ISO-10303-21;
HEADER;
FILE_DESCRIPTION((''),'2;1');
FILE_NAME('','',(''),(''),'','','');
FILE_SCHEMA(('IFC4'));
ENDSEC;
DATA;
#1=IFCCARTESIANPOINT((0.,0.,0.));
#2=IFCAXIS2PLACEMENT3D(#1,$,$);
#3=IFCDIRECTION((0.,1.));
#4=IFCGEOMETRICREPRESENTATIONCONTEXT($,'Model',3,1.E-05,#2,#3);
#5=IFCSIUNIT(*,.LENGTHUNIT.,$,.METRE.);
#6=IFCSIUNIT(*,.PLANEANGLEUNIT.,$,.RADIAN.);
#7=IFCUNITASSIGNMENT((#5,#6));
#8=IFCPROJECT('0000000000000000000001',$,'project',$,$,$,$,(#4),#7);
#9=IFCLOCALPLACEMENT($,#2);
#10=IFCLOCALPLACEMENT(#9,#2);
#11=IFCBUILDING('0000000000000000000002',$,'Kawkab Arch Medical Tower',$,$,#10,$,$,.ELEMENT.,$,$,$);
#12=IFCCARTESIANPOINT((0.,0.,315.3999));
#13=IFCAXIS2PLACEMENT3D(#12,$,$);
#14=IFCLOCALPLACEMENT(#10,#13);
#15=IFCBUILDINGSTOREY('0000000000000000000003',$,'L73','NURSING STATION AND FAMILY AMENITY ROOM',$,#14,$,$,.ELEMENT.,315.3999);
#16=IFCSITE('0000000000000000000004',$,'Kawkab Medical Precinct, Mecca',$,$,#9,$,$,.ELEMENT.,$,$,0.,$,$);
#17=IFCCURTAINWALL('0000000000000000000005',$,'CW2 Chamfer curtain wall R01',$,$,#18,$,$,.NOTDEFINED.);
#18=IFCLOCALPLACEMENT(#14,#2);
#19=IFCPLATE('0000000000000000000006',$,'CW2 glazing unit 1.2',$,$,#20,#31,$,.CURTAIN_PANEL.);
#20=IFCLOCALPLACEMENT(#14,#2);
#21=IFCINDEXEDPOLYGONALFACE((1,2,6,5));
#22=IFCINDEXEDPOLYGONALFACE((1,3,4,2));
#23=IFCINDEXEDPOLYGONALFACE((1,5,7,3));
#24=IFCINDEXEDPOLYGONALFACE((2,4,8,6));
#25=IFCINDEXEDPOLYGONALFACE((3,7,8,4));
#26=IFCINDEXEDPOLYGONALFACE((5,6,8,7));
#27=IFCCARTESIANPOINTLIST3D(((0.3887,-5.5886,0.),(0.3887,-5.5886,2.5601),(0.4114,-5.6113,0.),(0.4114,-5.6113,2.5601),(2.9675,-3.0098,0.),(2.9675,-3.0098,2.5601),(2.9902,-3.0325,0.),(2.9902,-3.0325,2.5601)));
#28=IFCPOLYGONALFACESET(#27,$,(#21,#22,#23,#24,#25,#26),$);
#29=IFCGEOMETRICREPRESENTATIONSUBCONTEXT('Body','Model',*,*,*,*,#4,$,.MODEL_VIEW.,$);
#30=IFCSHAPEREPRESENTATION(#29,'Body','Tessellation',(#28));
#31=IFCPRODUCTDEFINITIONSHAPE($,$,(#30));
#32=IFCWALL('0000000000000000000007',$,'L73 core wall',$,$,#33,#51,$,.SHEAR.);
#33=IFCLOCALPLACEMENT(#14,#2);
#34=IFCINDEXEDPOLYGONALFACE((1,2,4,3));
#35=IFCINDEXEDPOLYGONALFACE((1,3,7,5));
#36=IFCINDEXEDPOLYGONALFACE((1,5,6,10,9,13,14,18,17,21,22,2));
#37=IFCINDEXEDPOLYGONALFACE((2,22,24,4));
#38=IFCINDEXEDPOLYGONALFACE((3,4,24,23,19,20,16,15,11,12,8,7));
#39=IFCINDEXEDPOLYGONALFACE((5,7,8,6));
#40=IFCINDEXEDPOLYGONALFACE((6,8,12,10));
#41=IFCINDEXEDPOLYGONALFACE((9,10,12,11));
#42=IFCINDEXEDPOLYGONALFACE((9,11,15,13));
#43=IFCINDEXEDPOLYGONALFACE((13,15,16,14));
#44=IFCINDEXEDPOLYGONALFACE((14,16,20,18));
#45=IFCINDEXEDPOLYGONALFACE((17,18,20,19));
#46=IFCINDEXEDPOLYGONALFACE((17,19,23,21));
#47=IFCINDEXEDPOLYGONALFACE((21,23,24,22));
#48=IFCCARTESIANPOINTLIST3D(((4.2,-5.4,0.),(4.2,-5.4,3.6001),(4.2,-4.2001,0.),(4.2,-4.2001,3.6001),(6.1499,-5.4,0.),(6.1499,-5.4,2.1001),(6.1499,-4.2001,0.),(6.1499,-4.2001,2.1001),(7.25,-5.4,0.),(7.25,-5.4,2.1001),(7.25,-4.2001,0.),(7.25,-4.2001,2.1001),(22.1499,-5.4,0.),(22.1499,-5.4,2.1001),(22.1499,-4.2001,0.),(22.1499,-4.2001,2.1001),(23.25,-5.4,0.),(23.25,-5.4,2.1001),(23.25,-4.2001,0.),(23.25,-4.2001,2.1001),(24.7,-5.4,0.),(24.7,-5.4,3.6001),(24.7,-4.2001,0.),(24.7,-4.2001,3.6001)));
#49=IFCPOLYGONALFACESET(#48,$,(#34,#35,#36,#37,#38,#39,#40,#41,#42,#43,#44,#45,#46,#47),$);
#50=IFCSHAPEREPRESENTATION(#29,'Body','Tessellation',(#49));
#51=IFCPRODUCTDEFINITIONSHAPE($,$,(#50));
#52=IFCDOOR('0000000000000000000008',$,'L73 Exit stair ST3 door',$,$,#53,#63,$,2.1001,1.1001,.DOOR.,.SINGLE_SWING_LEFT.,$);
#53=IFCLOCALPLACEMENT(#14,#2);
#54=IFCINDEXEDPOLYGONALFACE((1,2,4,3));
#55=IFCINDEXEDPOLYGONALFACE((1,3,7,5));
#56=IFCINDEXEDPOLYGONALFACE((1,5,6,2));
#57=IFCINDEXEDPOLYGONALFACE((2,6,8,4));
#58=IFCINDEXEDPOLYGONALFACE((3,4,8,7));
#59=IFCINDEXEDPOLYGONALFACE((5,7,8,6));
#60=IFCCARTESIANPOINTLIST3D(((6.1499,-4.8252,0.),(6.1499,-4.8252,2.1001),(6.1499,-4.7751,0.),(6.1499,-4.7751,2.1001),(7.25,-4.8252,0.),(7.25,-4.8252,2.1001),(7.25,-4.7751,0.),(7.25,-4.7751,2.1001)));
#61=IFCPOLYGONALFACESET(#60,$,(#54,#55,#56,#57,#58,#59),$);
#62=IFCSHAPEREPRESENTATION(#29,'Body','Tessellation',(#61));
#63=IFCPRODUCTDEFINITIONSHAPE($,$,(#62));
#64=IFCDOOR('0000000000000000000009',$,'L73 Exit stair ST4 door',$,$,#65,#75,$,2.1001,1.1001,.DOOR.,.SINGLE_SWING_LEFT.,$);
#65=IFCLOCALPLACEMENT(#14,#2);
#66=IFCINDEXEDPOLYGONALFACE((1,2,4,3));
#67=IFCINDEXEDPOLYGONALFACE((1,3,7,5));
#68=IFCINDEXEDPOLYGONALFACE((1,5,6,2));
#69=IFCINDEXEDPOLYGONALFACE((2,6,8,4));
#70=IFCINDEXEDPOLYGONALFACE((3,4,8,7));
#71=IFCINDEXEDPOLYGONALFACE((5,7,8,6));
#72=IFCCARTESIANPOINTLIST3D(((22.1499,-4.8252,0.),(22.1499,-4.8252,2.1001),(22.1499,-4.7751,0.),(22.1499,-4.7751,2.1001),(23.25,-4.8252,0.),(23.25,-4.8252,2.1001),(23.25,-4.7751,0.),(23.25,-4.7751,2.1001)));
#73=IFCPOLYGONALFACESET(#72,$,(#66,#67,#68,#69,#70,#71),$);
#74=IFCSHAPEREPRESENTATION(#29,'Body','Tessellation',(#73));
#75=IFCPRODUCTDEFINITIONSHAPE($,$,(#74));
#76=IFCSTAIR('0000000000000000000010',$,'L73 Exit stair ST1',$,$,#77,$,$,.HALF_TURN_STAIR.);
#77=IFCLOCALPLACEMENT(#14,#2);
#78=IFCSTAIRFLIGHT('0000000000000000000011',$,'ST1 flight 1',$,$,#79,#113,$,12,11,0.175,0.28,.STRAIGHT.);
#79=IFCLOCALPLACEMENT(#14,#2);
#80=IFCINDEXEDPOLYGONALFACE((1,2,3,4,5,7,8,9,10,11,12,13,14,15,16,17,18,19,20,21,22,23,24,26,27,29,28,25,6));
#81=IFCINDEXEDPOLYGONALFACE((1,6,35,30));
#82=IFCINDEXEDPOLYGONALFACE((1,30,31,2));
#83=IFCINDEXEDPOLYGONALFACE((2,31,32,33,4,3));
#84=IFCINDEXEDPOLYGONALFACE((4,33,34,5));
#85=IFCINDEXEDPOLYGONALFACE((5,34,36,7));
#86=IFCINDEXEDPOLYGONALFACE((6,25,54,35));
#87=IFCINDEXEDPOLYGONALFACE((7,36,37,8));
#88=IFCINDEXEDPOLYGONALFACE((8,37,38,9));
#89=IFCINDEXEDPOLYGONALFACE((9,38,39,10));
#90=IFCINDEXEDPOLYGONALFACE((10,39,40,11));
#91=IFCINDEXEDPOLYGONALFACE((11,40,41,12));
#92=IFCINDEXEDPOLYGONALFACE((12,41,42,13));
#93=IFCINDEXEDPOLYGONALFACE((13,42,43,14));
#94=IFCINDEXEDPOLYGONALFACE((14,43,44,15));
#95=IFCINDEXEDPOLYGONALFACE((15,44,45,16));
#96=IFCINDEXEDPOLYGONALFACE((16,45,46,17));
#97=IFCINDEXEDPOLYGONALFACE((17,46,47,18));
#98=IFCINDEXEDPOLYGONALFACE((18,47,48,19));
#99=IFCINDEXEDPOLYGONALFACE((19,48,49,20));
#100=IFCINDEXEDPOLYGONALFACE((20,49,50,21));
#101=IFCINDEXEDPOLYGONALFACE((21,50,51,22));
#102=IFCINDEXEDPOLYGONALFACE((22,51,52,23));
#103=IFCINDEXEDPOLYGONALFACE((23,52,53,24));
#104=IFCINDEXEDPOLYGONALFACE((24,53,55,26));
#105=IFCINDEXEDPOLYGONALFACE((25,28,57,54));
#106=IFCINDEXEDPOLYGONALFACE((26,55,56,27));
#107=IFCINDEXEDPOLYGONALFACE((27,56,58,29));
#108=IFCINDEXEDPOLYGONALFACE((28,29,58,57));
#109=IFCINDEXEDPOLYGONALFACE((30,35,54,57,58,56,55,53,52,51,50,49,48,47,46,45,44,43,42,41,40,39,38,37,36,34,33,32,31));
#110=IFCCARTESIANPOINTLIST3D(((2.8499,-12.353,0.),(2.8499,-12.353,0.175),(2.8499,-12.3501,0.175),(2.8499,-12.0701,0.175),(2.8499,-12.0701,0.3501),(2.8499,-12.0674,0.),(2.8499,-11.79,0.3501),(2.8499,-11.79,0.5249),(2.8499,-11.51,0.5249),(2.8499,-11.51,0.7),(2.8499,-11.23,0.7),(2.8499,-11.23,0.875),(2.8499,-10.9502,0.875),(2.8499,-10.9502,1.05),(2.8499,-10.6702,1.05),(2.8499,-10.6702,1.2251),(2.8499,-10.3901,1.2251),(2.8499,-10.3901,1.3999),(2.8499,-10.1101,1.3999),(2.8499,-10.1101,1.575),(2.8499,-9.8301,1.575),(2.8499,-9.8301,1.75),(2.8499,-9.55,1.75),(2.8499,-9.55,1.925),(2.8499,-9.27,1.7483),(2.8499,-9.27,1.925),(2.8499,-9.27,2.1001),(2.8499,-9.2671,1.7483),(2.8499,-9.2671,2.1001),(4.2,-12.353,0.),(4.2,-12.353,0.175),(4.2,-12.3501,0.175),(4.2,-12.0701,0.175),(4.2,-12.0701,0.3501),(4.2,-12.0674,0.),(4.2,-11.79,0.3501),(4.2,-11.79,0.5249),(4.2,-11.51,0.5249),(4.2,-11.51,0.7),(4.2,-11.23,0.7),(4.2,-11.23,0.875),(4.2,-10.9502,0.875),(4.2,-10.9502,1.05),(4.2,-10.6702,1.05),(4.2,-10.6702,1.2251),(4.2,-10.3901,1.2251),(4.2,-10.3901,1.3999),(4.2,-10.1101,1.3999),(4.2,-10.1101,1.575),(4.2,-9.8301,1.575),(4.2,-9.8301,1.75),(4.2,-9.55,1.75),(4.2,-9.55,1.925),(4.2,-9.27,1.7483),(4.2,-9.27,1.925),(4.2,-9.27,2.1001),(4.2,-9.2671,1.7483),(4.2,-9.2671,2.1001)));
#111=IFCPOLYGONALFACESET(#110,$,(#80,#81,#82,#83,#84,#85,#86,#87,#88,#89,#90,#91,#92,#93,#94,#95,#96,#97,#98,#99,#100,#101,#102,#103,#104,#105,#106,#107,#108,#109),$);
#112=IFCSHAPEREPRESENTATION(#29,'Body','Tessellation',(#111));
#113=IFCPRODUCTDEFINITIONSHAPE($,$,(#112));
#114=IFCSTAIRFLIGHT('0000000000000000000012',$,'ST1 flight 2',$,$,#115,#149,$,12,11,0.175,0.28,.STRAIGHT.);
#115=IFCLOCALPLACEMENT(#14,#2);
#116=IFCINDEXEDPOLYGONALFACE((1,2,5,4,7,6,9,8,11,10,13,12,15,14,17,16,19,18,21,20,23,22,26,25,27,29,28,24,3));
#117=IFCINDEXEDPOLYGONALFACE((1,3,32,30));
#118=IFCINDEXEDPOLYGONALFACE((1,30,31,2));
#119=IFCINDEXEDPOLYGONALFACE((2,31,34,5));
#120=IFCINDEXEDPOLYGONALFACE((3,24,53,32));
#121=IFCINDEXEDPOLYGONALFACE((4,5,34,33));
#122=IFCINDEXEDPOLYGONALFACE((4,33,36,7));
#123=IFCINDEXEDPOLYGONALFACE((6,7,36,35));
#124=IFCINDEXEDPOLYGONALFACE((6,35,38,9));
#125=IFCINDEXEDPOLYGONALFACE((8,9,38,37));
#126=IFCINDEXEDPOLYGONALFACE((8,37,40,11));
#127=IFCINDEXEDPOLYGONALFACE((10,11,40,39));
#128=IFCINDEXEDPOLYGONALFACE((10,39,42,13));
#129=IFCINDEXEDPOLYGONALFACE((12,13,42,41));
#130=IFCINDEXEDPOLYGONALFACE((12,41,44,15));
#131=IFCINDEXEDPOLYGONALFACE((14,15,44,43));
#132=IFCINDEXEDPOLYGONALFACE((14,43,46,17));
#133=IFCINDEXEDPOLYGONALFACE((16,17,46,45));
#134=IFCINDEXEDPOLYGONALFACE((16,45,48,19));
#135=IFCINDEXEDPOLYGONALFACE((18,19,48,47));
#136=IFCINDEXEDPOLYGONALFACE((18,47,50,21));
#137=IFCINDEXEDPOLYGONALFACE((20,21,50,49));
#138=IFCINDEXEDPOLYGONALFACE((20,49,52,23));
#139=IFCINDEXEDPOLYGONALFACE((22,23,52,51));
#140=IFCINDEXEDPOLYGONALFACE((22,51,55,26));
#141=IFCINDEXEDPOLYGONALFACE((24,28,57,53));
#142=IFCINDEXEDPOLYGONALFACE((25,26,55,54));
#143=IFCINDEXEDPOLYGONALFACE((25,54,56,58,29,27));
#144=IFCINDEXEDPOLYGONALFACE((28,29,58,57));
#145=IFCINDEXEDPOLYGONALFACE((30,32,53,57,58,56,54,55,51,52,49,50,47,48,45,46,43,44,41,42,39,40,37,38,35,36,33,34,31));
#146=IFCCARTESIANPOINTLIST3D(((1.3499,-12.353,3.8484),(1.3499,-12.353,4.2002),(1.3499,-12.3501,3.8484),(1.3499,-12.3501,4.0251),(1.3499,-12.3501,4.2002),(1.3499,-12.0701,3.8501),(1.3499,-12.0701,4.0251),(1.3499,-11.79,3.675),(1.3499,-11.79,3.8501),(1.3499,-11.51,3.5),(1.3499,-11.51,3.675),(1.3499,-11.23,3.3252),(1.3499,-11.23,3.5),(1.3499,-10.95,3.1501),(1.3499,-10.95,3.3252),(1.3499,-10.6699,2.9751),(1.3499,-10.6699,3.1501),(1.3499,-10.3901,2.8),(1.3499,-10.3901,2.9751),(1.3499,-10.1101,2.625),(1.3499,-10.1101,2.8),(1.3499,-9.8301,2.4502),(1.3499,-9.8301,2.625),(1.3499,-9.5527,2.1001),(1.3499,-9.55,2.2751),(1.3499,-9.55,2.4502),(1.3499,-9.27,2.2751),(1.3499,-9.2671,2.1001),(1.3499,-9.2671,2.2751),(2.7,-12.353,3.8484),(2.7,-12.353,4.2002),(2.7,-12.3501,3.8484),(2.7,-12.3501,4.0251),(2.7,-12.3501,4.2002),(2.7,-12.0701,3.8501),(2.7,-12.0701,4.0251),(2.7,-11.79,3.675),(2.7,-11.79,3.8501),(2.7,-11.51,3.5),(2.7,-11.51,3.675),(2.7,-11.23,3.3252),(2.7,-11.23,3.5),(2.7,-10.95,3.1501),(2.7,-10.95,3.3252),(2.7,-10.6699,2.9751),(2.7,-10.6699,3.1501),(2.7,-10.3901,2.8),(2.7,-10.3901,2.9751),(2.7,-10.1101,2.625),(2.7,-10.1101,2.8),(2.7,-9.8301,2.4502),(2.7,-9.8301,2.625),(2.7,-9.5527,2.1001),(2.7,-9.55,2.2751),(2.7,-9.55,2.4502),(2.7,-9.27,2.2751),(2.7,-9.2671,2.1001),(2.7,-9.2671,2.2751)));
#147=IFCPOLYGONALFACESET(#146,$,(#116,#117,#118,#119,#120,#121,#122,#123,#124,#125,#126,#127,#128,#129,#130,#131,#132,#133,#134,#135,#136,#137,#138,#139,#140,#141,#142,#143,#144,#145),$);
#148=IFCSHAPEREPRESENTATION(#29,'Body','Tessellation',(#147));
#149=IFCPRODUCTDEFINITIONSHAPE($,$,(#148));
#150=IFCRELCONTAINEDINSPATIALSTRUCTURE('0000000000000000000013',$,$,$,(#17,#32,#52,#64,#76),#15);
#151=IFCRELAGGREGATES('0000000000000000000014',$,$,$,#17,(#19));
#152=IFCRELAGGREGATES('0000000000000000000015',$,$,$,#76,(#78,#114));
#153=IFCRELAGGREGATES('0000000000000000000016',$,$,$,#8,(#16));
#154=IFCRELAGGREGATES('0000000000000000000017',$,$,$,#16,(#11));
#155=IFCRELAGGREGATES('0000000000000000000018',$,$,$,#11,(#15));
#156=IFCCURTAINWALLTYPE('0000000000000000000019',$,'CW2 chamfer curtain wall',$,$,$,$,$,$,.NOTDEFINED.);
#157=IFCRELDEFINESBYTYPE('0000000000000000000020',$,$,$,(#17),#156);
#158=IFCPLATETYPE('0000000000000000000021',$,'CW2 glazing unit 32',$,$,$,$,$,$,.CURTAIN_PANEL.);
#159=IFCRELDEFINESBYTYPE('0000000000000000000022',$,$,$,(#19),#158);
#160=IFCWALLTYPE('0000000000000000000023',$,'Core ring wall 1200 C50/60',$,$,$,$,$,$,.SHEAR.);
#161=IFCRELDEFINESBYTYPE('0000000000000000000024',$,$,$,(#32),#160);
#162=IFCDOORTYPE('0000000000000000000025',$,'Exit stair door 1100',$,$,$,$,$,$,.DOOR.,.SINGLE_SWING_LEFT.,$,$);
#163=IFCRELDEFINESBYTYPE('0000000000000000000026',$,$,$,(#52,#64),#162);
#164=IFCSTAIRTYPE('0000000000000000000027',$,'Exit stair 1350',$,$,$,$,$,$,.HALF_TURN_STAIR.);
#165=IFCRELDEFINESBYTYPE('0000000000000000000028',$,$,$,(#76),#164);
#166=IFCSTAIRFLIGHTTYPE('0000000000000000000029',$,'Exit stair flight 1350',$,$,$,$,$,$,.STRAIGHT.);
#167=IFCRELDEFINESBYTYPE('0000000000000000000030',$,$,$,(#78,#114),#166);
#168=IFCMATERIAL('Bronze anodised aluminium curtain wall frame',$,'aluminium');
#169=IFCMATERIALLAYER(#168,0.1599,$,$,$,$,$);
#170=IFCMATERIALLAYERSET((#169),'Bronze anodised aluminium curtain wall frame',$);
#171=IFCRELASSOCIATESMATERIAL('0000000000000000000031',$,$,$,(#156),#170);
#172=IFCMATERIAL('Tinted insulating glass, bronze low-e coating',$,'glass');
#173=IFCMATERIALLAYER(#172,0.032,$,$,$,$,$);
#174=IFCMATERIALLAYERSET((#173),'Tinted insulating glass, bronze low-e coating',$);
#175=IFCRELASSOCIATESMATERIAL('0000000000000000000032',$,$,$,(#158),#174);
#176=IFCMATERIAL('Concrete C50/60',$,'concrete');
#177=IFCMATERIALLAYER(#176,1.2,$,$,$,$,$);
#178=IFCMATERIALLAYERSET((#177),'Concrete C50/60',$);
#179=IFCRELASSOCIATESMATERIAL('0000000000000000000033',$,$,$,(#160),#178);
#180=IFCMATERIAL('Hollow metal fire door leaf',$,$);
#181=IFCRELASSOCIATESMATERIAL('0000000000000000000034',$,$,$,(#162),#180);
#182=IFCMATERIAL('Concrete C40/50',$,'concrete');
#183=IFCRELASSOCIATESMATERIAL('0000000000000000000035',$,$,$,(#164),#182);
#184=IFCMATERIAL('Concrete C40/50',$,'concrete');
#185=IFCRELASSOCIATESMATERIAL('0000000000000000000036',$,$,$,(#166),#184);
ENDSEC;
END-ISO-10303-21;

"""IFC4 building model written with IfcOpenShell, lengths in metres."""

from ifc_helpers import new_model, si_unit, direction, frame, frame_2d, origin, origin_2d, place, context, subcontext, project, spatial, polyline, rectangle, outline, extrude, material, layer, layer_set, type_object, element, fill, aggregate, save


model = new_model("IFC4")

# Units and contexts
model_context = context("Model", 3, precision=1e-05, world=origin(), true_north=direction((0.0, 1.0)))
body_context = subcontext(model_context, "Body", "Model", "MODEL_VIEW")
ifc_project = project(units=[si_unit("LENGTHUNIT", "METRE"), si_unit("PLANEANGLEUNIT", "RADIAN")], contexts=[model_context])

# Site, building, storey
site_placement = place(None, origin())
site = spatial("IfcSite", under=ifc_project, at=site_placement, Name="Kawkab Medical Precinct, Mecca", CompositionType="ELEMENT", RefElevation=0.0)
building_placement = place(site_placement, origin())
building = spatial("IfcBuilding", under=site, at=building_placement, Name="Kawkab Arch Medical Tower", CompositionType="ELEMENT")
storey_placement = place(building_placement, frame((0.0, 0.0, 315.3999)))
storey = spatial("IfcBuildingStorey", under=building, at=storey_placement, Name="L73", Description="NURSING STATION AND FAMILY AMENITY ROOM", CompositionType="ELEMENT", Elevation=315.3999)

# Curtain wall, plate
ifc_material_1 = material(Name="Bronze anodised aluminium curtain wall frame", Category="aluminium")
ifc_layer_1 = layer(ifc_material_1, 0.1599)
ifc_layer_set_1 = layer_set([ifc_layer_1], Name="Bronze anodised aluminium curtain wall frame")
curtain_wall_type = type_object("IfcCurtainWallType", Name="CW2 chamfer curtain wall", PredefinedType="NOTDEFINED", material=ifc_layer_set_1)
placement = place(storey_placement, origin())
curtain_wall = element("IfcCurtainWall", 1, at=placement, inside=storey, type_object=curtain_wall_type, Name="CW2 Chamfer curtain wall R01", PredefinedType="NOTDEFINED")
ifc_material_2 = material(Name="Tinted insulating glass, bronze low-e coating", Category="glass")
ifc_layer_2 = layer(ifc_material_2, 0.032)
ifc_layer_set_2 = layer_set([ifc_layer_2], Name="Tinted insulating glass, bronze low-e coating")
plate_type = type_object("IfcPlateType", Name="CW2 glazing unit 32", PredefinedType="CURTAIN_PANEL", material=ifc_layer_set_2)
plate_placement = place(storey_placement, frame((1.6895, -4.3105, 0.0), z_axis=(0.0, 0.0, 1.0), x_axis=(-0.707107, -0.707107, 0.0)))
plate = element("IfcPlate", 2, at=plate_placement, type_object=plate_type, Name="CW2 glazing unit 1.2", PredefinedType="CURTAIN_PANEL", context=body_context, shape_type="SweptSolid", body=[
    extrude(rectangle(XDim=3.647, YDim=0.032, at=origin_2d()), origin(), (0.0, 0.0, 1.0), 2.5601),
])
aggregate(curtain_wall, [plate])

# Wall, openings, doors
ifc_material_3 = material(Name="Concrete C50/60", Category="concrete")
ifc_layer_3 = layer(ifc_material_3, 1.2)
ifc_layer_set_3 = layer_set([ifc_layer_3], Name="Concrete C50/60")
wall_type = type_object("IfcWallType", Name="Core ring wall 1200 C50/60", PredefinedType="SHEAR", material=ifc_layer_set_3)
wall_placement = place(storey_placement, frame((4.2, -4.8, 0.0), z_axis=(0.0, 0.0, 1.0), x_axis=(1.0, 0.0, 0.0)))
wall = element("IfcWall", 3, at=wall_placement, inside=storey, type_object=wall_type, Name="L73 core wall", PredefinedType="SHEAR", context=body_context, shape_type="SweptSolid", body=[
    extrude(rectangle(XDim=20.5, YDim=1.2, at=frame_2d((10.25, 0.0))), origin(), (0.0, 0.0, 1.0), 3.6001),
])
opening_1_placement = place(wall_placement, frame((1.95, 0.0, 0.0)))
opening_1 = element("IfcOpeningElement", 4, at=opening_1_placement, cuts=wall, PredefinedType="OPENING", context=body_context, shape_type="SweptSolid", body=[
    extrude(rectangle(XDim=1.1001, YDim=2.1001, at=frame_2d((0.55, 1.05))), frame((0.0, 0.6099, 0.0), z_axis=(0.0, -1.0, 0.0), x_axis=(1.0, 0.0, 0.0)), (0.0, 0.0, 1.0), 1.22),
])
opening_2_placement = place(wall_placement, frame((17.95, 0.0, 0.0)))
opening_2 = element("IfcOpeningElement", 5, at=opening_2_placement, cuts=wall, PredefinedType="OPENING", context=body_context, shape_type="SweptSolid", body=[
    extrude(rectangle(XDim=1.1001, YDim=2.1001, at=frame_2d((0.55, 1.05))), frame((0.0, 0.6099, 0.0), z_axis=(0.0, -1.0, 0.0), x_axis=(1.0, 0.0, 0.0)), (0.0, 0.0, 1.0), 1.22),
])
ifc_material_4 = material(Name="Hollow metal fire door leaf")
door_type = type_object("IfcDoorType", Name="Exit stair door 1100", OperationType="SINGLE_SWING_LEFT", PredefinedType="DOOR", material=ifc_material_4)
door_1_placement = place(opening_1_placement, origin())
door_1 = element("IfcDoor", 6, at=door_1_placement, inside=storey, type_object=door_type, Name="L73 Exit stair ST3 door", OperationType="SINGLE_SWING_LEFT", OverallHeight=2.1001, OverallWidth=1.1001, PredefinedType="DOOR", context=body_context, shape_type="SweptSolid", body=[
    extrude(rectangle(XDim=1.1001, YDim=2.1001, at=frame_2d((0.55, 1.05))), frame((0.0, 0.0249, 0.0), z_axis=(0.0, -1.0, 0.0), x_axis=(1.0, 0.0, 0.0)), (0.0, 0.0, 1.0), 0.05),
])
fill(opening_1, door_1)
door_2_placement = place(opening_2_placement, origin())
door_2 = element("IfcDoor", 7, at=door_2_placement, inside=storey, type_object=door_type, Name="L73 Exit stair ST4 door", OperationType="SINGLE_SWING_LEFT", OverallHeight=2.1001, OverallWidth=1.1001, PredefinedType="DOOR", context=body_context, shape_type="SweptSolid", body=[
    extrude(rectangle(XDim=1.1001, YDim=2.1001, at=frame_2d((0.55, 1.05))), frame((0.0, 0.0249, 0.0), z_axis=(0.0, -1.0, 0.0), x_axis=(1.0, 0.0, 0.0)), (0.0, 0.0, 1.0), 0.05),
])
fill(opening_2, door_2)

# Stair, stair flights
ifc_material_5 = material(Name="Concrete C40/50", Category="concrete")
stair_type = type_object("IfcStairType", Name="Exit stair 1350", PredefinedType="HALF_TURN_STAIR", material=ifc_material_5)
stair = element("IfcStair", 8, at=placement, inside=storey, type_object=stair_type, Name="L73 Exit stair ST1", PredefinedType="HALF_TURN_STAIR")
ifc_material_6 = material(Name="Concrete C40/50", Category="concrete")
stair_flight_type = type_object("IfcStairFlightType", Name="Exit stair flight 1350", PredefinedType="STRAIGHT", material=ifc_material_6)
stair_flight_1_placement = place(storey_placement, frame((3.5249, -12.3501, 0.0), z_axis=(0.0, 0.0, 1.0), x_axis=(0.0, 1.0, 0.0)))
stair_flight_1 = element("IfcStairFlight", 9, at=stair_flight_1_placement, type_object=stair_flight_type, Name="ST1 flight 1", NumberOfRisers=12, NumberOfTreads=11, PredefinedType="STRAIGHT", RiserHeight=0.175, TreadLength=0.28, context=body_context, shape_type="SweptSolid", body=[
    extrude(outline(polyline([(-0.0029, 0.0), (-0.0029, 0.175), (0.0, 0.175), (0.28, 0.175), (0.28, 0.3501), (0.5601, 0.3501), (0.5601, 0.5249), (0.8401, 0.5249), (0.8401, 0.7), (1.1201, 0.7), (1.1201, 0.875), (1.3999, 0.875), (1.3999, 1.05), (1.6799, 1.05), (1.6799, 1.2251), (1.96, 1.2251), (1.96, 1.3999), (2.24, 1.3999), (2.24, 1.575), (2.52, 1.575), (2.52, 1.75), (2.8, 1.75), (2.8, 1.925), (3.0801, 1.925), (3.0801, 2.1001), (3.083, 2.1001), (3.083, 1.7483), (3.0801, 1.7483), (0.2827, 0.0), (-0.0029, 0.0)])), frame((0.0, 0.675, 0.0), z_axis=(0.0, -1.0, 0.0), x_axis=(1.0, 0.0, 0.0)), (0.0, 0.0, 1.0), 1.3501),
])
stair_flight_2_placement = place(storey_placement, frame((2.0249, -9.27, 2.1001), z_axis=(0.0, 0.0, 1.0), x_axis=(0.0, -1.0, 0.0)))
stair_flight_2 = element("IfcStairFlight", 10, at=stair_flight_2_placement, type_object=stair_flight_type, Name="ST1 flight 2", NumberOfRisers=12, NumberOfTreads=11, PredefinedType="STRAIGHT", RiserHeight=0.175, TreadLength=0.28, context=body_context, shape_type="SweptSolid", body=[
    extrude(outline(polyline([(-0.0029, 0.0), (-0.0029, 0.175), (0.0, 0.175), (0.28, 0.175), (0.28, 0.3501), (0.5601, 0.3501), (0.5601, 0.5249), (0.8401, 0.5249), (0.8401, 0.7), (1.1201, 0.7), (1.1201, 0.875), (1.3999, 0.875), (1.3999, 1.05), (1.6799, 1.05), (1.6799, 1.2251), (1.96, 1.2251), (1.96, 1.3999), (2.24, 1.3999), (2.24, 1.575), (2.52, 1.575), (2.52, 1.75), (2.8, 1.75), (2.8, 1.925), (3.0801, 1.925), (3.0801, 2.1001), (3.083, 2.1001), (3.083, 1.7483), (3.0801, 1.7483), (0.2827, 0.0), (-0.0029, 0.0)])), frame((0.0, 0.675, 0.0), z_axis=(0.0, -1.0, 0.0), x_axis=(1.0, 0.0, 0.0)), (0.0, 0.0, 1.0), 1.3501),
])
aggregate(stair, [stair_flight_1, stair_flight_2])

save(model, "model.ifc")
